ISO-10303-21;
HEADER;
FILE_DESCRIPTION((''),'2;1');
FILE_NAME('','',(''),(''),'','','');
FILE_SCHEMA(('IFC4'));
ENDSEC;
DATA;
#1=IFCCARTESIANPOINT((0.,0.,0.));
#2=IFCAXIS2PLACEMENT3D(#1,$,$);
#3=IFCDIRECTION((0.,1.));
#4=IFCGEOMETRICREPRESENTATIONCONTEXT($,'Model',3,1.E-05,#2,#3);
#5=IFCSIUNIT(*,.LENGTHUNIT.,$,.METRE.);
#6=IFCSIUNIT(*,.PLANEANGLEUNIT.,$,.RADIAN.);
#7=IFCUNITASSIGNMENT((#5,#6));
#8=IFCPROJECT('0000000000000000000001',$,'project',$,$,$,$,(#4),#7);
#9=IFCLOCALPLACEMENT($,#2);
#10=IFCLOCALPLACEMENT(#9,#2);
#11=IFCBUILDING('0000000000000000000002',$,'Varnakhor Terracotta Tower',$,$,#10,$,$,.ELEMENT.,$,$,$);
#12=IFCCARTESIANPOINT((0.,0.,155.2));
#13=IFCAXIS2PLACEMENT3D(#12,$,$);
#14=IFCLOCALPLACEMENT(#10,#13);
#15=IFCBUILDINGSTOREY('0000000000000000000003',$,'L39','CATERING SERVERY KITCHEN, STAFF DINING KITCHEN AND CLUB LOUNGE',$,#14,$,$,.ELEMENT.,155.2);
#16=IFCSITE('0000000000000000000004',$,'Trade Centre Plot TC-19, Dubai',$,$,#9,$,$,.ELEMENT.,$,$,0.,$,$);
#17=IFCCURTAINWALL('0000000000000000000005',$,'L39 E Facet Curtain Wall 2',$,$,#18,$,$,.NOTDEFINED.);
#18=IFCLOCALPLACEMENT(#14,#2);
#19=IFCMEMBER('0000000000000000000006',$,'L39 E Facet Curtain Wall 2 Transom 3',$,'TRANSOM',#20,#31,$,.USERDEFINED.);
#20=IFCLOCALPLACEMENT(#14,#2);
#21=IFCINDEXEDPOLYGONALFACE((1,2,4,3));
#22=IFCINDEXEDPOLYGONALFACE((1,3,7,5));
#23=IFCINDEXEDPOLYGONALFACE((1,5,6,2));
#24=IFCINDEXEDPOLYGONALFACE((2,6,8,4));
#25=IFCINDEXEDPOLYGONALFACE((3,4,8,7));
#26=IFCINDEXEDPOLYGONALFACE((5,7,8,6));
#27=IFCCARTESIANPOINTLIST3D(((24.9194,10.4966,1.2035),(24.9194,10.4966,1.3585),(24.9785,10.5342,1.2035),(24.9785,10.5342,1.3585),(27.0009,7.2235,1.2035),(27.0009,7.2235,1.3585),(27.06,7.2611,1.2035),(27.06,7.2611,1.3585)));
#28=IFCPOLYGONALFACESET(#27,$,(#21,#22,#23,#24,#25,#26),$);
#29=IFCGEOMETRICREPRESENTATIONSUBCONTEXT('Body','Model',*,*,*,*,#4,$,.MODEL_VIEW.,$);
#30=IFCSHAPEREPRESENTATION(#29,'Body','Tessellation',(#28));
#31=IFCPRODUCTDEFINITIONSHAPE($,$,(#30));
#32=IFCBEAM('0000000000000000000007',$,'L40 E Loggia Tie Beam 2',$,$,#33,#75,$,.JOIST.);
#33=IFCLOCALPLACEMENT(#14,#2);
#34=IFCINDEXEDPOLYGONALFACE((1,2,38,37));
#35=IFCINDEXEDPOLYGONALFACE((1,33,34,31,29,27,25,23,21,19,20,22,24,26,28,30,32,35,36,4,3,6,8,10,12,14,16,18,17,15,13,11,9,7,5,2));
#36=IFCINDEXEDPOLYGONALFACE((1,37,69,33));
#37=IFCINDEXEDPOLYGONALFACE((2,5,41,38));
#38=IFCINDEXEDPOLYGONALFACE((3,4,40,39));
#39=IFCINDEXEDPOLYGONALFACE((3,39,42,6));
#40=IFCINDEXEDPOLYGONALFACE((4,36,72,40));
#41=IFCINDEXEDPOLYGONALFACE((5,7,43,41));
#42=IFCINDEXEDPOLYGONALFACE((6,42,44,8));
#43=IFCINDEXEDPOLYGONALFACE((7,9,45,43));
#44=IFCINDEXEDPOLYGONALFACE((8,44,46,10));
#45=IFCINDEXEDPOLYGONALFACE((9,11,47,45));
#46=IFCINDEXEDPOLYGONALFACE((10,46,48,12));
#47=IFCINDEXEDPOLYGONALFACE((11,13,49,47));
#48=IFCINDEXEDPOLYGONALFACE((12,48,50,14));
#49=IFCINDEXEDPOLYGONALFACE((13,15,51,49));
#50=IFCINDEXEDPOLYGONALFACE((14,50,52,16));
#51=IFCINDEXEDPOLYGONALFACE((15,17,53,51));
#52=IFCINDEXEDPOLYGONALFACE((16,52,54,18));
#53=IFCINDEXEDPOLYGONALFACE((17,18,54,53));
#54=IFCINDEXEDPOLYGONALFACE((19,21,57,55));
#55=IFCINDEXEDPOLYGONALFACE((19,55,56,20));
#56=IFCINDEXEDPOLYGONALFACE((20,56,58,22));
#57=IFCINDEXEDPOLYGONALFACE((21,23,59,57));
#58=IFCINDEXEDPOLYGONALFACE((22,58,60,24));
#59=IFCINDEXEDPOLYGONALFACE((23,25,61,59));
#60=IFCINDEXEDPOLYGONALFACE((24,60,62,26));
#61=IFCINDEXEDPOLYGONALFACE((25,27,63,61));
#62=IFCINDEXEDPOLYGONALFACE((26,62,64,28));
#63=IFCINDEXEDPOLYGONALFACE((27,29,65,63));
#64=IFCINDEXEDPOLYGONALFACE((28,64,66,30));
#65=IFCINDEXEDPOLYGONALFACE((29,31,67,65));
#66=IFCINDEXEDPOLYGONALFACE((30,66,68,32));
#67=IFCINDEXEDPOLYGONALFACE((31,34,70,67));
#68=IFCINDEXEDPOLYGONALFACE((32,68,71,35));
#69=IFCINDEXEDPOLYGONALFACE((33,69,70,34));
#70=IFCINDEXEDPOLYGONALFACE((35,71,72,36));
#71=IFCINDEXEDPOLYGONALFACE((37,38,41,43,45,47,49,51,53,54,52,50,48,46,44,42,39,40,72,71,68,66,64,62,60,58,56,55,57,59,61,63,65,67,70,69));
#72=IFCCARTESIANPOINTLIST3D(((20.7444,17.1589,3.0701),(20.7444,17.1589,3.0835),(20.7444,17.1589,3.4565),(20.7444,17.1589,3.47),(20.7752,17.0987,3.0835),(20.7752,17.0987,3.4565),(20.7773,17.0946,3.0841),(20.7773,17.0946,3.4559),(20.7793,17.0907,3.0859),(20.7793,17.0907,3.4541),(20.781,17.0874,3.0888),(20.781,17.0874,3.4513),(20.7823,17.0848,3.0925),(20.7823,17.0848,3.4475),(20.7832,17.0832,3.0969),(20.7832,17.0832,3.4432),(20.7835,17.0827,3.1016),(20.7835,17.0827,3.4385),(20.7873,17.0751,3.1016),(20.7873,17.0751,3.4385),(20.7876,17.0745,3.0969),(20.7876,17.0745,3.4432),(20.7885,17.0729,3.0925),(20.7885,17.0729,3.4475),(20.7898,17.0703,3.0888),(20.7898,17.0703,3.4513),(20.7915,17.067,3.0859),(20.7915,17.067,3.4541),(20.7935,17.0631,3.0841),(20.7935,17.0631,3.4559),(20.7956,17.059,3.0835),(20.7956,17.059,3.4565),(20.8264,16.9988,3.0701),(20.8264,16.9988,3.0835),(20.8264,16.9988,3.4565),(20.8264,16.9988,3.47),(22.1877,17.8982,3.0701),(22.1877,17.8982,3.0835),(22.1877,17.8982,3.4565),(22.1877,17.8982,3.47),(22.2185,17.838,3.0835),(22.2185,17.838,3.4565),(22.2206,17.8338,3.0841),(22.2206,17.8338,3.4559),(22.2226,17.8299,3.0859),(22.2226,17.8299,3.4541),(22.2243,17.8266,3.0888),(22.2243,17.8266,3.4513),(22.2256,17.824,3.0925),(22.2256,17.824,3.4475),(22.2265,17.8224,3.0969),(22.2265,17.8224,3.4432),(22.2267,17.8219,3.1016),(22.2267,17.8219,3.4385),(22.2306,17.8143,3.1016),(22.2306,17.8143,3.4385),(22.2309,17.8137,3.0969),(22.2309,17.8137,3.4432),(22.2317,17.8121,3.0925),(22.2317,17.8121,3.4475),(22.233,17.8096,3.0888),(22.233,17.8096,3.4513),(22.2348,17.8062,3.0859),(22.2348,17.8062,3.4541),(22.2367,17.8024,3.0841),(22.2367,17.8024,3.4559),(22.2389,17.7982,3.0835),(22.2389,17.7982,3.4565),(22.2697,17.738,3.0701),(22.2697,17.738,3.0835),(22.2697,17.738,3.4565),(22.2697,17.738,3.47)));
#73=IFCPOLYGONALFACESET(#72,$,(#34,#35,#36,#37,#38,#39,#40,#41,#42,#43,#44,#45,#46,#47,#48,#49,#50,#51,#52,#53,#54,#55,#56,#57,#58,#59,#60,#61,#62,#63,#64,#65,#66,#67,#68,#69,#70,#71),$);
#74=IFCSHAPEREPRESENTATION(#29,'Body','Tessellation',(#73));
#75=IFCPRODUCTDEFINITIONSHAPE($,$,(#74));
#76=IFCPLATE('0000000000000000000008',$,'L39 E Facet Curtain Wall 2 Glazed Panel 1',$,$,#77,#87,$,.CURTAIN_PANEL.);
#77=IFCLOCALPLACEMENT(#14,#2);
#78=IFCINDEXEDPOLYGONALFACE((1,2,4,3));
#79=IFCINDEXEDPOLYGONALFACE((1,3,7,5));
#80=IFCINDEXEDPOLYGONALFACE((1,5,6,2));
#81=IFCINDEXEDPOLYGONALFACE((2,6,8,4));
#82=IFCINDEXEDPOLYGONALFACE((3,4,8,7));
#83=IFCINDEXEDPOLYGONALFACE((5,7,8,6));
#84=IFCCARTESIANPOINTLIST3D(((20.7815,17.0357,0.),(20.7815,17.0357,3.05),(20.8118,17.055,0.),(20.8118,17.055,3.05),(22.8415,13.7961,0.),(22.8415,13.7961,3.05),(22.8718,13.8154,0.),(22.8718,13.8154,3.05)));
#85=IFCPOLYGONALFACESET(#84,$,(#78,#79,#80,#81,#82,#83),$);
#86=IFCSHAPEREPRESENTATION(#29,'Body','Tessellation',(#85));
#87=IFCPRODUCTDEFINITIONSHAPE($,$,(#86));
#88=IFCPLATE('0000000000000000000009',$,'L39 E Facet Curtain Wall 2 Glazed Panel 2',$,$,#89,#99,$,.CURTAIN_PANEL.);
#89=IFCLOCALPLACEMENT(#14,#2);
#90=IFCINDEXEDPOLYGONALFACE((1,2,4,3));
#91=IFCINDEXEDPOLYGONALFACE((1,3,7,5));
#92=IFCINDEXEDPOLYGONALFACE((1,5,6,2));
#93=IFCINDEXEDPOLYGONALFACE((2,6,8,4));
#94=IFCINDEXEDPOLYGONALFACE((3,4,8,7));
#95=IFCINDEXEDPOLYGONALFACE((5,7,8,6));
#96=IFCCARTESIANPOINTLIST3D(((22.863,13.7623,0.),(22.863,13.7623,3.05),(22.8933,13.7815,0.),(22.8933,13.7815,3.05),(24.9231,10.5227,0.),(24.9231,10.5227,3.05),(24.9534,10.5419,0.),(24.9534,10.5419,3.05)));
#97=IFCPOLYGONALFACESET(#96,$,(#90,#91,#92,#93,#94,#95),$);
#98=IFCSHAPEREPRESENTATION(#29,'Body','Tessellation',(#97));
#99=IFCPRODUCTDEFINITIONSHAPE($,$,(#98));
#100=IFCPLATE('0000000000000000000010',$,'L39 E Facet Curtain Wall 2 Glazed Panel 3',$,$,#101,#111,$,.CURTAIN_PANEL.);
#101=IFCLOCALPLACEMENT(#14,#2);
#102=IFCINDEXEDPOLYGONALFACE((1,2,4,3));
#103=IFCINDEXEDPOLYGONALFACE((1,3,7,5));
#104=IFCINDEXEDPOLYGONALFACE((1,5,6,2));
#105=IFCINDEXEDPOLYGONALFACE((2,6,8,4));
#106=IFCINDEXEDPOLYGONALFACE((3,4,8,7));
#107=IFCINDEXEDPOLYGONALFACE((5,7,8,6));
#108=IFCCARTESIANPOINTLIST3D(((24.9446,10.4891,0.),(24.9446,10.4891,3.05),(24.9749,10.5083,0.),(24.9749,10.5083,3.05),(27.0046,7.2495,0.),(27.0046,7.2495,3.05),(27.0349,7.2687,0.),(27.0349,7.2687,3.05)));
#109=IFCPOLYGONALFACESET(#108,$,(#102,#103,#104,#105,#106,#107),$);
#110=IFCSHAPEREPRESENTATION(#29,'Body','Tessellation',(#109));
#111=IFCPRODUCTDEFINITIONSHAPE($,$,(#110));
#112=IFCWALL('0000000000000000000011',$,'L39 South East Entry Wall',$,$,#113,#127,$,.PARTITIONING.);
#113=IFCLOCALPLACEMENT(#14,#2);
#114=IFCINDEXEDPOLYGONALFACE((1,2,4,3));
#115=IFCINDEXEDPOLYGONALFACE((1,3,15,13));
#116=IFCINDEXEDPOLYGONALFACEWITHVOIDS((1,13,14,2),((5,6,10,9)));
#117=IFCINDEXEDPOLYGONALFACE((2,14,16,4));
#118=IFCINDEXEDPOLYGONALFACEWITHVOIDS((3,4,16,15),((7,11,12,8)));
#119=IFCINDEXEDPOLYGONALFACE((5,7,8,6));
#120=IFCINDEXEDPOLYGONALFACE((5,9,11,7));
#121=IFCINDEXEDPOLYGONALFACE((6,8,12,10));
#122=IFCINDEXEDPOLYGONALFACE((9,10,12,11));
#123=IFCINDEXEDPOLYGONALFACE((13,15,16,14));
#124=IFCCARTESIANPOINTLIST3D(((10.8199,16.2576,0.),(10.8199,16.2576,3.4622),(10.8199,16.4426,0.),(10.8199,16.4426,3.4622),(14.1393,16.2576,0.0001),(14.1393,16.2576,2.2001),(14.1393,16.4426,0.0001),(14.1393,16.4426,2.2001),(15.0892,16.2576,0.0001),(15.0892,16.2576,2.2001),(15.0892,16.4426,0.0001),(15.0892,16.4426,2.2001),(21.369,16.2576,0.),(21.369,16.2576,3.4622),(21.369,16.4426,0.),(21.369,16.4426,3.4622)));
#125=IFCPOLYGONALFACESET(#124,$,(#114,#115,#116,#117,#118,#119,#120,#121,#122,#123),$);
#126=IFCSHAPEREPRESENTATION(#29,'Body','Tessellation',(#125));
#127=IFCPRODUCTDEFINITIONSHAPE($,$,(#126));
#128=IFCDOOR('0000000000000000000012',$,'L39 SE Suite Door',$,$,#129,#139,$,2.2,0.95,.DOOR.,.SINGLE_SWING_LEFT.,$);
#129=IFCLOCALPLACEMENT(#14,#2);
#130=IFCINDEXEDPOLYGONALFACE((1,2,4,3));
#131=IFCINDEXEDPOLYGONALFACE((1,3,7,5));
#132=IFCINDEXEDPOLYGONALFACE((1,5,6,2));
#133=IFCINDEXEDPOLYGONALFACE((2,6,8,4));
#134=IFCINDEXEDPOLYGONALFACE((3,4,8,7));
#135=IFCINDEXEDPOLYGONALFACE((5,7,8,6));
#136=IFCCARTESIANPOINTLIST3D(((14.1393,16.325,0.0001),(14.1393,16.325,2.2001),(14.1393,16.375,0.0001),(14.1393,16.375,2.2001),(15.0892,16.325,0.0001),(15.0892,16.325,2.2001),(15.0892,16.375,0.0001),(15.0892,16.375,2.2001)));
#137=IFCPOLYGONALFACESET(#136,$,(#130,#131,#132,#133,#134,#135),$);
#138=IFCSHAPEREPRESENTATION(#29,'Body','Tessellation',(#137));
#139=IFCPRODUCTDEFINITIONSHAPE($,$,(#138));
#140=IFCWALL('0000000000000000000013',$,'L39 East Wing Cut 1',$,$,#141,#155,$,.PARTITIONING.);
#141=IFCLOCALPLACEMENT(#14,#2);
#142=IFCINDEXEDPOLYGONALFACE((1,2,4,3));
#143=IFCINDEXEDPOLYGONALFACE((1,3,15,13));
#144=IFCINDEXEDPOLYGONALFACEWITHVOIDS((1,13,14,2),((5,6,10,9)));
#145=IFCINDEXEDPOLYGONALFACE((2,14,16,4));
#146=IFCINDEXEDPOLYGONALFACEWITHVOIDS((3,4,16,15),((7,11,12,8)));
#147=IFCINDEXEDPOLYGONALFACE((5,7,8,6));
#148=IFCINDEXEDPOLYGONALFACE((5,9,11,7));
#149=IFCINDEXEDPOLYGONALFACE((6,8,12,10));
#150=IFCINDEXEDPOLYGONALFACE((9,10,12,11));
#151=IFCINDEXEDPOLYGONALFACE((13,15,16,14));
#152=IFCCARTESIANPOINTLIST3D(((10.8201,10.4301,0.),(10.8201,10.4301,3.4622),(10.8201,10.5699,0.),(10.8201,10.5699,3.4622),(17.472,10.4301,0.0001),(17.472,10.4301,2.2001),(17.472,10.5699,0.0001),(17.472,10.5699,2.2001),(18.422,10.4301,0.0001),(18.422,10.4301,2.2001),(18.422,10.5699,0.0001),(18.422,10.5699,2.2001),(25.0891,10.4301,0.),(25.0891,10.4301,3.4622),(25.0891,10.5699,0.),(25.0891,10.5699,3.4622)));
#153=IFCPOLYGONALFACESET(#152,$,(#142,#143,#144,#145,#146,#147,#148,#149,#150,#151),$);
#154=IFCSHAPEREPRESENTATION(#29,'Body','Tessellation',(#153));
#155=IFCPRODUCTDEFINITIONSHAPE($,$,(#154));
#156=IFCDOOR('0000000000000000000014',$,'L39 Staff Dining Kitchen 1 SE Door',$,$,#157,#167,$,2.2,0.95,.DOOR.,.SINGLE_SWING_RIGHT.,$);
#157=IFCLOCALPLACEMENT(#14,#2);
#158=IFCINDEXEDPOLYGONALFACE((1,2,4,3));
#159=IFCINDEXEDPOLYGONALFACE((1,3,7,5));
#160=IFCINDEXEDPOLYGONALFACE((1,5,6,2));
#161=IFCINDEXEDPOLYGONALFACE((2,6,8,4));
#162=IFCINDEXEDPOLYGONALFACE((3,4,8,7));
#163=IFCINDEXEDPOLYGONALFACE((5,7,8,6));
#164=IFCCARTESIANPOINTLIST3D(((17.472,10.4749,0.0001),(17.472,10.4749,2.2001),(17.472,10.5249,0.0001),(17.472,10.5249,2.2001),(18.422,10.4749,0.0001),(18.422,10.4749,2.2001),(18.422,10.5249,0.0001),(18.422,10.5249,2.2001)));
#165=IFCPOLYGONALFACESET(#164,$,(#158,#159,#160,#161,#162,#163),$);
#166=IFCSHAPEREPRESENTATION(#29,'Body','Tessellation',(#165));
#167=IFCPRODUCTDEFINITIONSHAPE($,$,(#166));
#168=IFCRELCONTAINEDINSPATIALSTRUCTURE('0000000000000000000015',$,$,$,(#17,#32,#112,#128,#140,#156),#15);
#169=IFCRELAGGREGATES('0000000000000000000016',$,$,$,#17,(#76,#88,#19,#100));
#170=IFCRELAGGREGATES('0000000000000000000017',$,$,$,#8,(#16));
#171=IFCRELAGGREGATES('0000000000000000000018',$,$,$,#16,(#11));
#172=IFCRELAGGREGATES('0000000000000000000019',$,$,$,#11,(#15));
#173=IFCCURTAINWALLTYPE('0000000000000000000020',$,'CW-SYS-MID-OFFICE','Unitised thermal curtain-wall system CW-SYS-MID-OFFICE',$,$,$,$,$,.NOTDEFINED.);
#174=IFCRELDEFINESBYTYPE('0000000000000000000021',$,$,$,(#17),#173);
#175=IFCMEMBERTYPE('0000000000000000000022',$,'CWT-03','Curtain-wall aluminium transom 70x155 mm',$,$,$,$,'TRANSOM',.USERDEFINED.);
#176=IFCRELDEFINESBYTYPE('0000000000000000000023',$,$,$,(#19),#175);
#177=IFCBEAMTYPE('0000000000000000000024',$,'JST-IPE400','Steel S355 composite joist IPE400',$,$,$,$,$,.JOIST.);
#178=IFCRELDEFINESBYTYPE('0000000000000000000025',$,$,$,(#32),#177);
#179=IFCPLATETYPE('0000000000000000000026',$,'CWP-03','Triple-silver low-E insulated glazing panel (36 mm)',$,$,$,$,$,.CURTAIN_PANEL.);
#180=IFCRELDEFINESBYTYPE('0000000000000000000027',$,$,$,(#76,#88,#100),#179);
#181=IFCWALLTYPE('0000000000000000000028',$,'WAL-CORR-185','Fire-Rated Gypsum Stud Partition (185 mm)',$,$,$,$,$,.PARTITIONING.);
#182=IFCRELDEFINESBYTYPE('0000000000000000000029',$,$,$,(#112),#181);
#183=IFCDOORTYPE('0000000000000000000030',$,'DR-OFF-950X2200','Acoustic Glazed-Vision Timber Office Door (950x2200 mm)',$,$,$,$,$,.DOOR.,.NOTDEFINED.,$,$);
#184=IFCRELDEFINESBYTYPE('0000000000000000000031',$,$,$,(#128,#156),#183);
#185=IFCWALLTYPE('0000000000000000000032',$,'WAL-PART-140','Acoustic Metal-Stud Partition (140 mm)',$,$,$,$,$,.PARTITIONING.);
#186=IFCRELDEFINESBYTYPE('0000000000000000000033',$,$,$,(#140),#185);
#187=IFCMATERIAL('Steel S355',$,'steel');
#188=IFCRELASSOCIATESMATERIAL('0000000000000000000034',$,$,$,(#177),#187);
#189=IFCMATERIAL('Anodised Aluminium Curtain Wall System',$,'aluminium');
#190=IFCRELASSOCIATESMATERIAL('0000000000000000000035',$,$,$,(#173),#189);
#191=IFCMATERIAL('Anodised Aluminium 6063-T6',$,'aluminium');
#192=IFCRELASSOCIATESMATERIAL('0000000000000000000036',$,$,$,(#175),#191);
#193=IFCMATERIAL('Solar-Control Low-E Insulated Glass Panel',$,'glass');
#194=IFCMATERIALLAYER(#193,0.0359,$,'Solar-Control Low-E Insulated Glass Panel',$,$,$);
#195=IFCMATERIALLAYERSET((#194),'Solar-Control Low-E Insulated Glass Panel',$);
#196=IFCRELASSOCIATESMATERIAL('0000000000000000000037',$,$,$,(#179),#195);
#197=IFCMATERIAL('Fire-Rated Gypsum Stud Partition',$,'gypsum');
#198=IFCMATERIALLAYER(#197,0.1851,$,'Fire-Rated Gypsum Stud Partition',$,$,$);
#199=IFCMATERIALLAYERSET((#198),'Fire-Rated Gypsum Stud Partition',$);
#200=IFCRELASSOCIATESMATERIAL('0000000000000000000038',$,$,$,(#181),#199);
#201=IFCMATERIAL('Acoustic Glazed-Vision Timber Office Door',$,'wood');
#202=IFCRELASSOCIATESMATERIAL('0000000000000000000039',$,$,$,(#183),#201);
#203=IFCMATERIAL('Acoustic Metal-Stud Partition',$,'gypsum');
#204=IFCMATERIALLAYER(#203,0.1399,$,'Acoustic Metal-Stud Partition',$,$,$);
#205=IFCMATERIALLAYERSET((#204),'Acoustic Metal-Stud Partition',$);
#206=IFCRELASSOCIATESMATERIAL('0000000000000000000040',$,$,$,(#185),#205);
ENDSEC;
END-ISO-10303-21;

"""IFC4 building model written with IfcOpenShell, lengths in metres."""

from ifc_helpers import new_model, si_unit, direction, frame, frame_2d, origin, origin_2d, place, context, subcontext, project, spatial, rectangle, i_section, extrude, source, transform, mapped, material, layer, layer_set, material_profile, profile_set, type_object, type_shapes, element, fill, aggregate, save


model = new_model("IFC4")

# Units and contexts
model_context = context("Model", 3, precision=1e-05, world=origin(), true_north=direction((0.0, 1.0)))
body_context = subcontext(model_context, "Body", "Model", "MODEL_VIEW")
ifc_project = project(units=[si_unit("LENGTHUNIT", "METRE"), si_unit("PLANEANGLEUNIT", "RADIAN")], contexts=[model_context])

# Site, building, storey
site_placement = place(None, origin())
site = spatial("IfcSite", under=ifc_project, at=site_placement, Name="Trade Centre Plot TC-19, Dubai", CompositionType="ELEMENT", RefElevation=0.0)
building_placement = place(site_placement, origin())
building = spatial("IfcBuilding", under=site, at=building_placement, Name="Varnakhor Terracotta Tower", CompositionType="ELEMENT")
storey_placement = place(building_placement, frame((0.0, 0.0, 155.2)))
storey = spatial("IfcBuildingStorey", under=building, at=storey_placement, Name="L39", Description="CATERING SERVERY KITCHEN, STAFF DINING KITCHEN AND CLUB LOUNGE", CompositionType="ELEMENT", Elevation=155.2)

# Shared definitions
ifc_material_1 = material(Name="Steel S355", Category="steel")
ifc_material_profile_1 = material_profile(ifc_material_1, i_section(OverallWidth=0.1799, OverallDepth=0.3999, WebThickness=0.0085, FlangeThickness=0.0134, FilletRadius=0.0181, at=origin_2d()), Name="IPE400")
ifc_profile_set_1 = profile_set([ifc_material_profile_1], Name="Steel S355")
beam_type_1 = type_object("IfcBeamType", Name="JST-IPE400", Description="Steel S355 composite joist IPE400", PredefinedType="JOIST", material=ifc_profile_set_1)

# Curtain wall, member
ifc_material_2 = material(Name="Anodised Aluminium Curtain Wall System", Category="aluminium")
curtain_wall_type = type_object("IfcCurtainWallType", Name="CW-SYS-MID-OFFICE", Description="Unitised thermal curtain-wall system CW-SYS-MID-OFFICE", PredefinedType="NOTDEFINED", material=ifc_material_2)
curtain_wall_placement = place(storey_placement, origin())
curtain_wall = element("IfcCurtainWall", 1, at=curtain_wall_placement, inside=storey, type_object=curtain_wall_type, Name="L39 E Facet Curtain Wall 2", PredefinedType="NOTDEFINED")
ifc_material_3 = material(Name="Anodised Aluminium 6063-T6", Category="aluminium")
ifc_material_profile_2 = material_profile(ifc_material_3, rectangle(XDim=0.0701, YDim=0.155, at=origin_2d()), Name="ALU TRANSOM 70x155")
ifc_profile_set_2 = profile_set([ifc_material_profile_2], Name="Anodised Aluminium 6063-T6")
member_type_1 = type_object("IfcMemberType", Name="CWT-03", Description="Curtain-wall aluminium transom 70x155 mm", ElementType="TRANSOM", PredefinedType="USERDEFINED", material=ifc_profile_set_2)
shared_shape_1 = source(origin(), body_context, "Body", "SweptSolid", [
    extrude(rectangle(XDim=0.0701, YDim=0.155, at=origin_2d()), origin(), (0.0, 0.0, 1.0), 3.8789),
])
member_1_placement = place(storey_placement, frame((24.949, 10.5154, 1.281), z_axis=(0.536619, -0.843825, 0.0), x_axis=(0.843825, 0.536619, 0.0)))
member_1 = element("IfcMember", 2, at=member_1_placement, type_object=member_type_1, Name="L39 E Facet Curtain Wall 2 Transom 3", ObjectType="TRANSOM", PredefinedType="USERDEFINED", context=body_context, shape_type="MappedRepresentation", body=[
    mapped(shared_shape_1, transform((0.0, 0.0, 0.0), scale=1.0)),
])

# Beam
shared_shape_2 = source(origin(), body_context, "Body", "SweptSolid", [
    extrude(i_section(OverallWidth=0.1799, OverallDepth=0.3999, WebThickness=0.0085, FlangeThickness=0.0134, FilletRadius=0.0181, at=origin_2d()), origin(), (0.0, 0.0, 1.0), 1.6216),
])
beam_1_placement = place(storey_placement, frame((20.7854, 17.0789, 3.27), z_axis=(0.890049, 0.455864, 0.0), x_axis=(-0.455864, 0.890049, 0.0)))
element("IfcBeam", 3, at=beam_1_placement, inside=storey, type_object=beam_type_1, Name="L40 E Loggia Tie Beam 2", PredefinedType="JOIST", context=body_context, shape_type="MappedRepresentation", body=[
    mapped(shared_shape_2, transform((0.0, 0.0, 0.0), scale=1.0)),
])

# Plates
ifc_material_4 = material(Name="Solar-Control Low-E Insulated Glass Panel", Category="glass")
ifc_layer_1 = layer(ifc_material_4, 0.0359, Name="Solar-Control Low-E Insulated Glass Panel")
ifc_layer_set_1 = layer_set([ifc_layer_1], Name="Solar-Control Low-E Insulated Glass Panel")
plate_type = type_object("IfcPlateType", Name="CWP-03", Description="Triple-silver low-E insulated glazing panel (36 mm)", PredefinedType="CURTAIN_PANEL", material=ifc_layer_set_1)
shared_shape_3 = source(origin(), body_context, "Body", "SweptSolid", [
    extrude(rectangle(XDim=3.8391, YDim=0.0359, at=origin_2d()), origin(), (0.0, 0.0, 1.0), 3.05),
])
plate_1_placement = place(storey_placement, frame((21.8267, 15.4255, 0.0), z_axis=(0.0, 0.0, 1.0), x_axis=(0.536593, -0.843841, 0.0)))
plate_1 = element("IfcPlate", 4, at=plate_1_placement, type_object=plate_type, Name="L39 E Facet Curtain Wall 2 Glazed Panel 1", PredefinedType="CURTAIN_PANEL", context=body_context, shape_type="MappedRepresentation", body=[
    mapped(shared_shape_3, transform((0.0, 0.0, 0.0), scale=1.0)),
])
plate_2_placement = place(storey_placement, frame((23.9082, 12.1521, 0.0), z_axis=(0.0, 0.0, 1.0), x_axis=(0.536593, -0.843841, 0.0)))
plate_2 = element("IfcPlate", 5, at=plate_2_placement, type_object=plate_type, Name="L39 E Facet Curtain Wall 2 Glazed Panel 2", PredefinedType="CURTAIN_PANEL", context=body_context, shape_type="MappedRepresentation", body=[
    mapped(shared_shape_3, transform((0.0, 0.0, 0.0), scale=1.0)),
])
plate_3_placement = place(storey_placement, frame((25.9897, 8.8789, 0.0), z_axis=(0.0, 0.0, 1.0), x_axis=(0.536593, -0.843841, 0.0)))
plate_3 = element("IfcPlate", 6, at=plate_3_placement, type_object=plate_type, Name="L39 E Facet Curtain Wall 2 Glazed Panel 3", PredefinedType="CURTAIN_PANEL", context=body_context, shape_type="MappedRepresentation", body=[
    mapped(shared_shape_3, transform((0.0, 0.0, 0.0), scale=1.0)),
])
aggregate(curtain_wall, [plate_1, plate_2, member_1, plate_3])

# Walls, openings, doors
ifc_material_5 = material(Name="Fire-Rated Gypsum Stud Partition", Category="gypsum")
ifc_layer_2 = layer(ifc_material_5, 0.1851, Name="Fire-Rated Gypsum Stud Partition")
ifc_layer_set_2 = layer_set([ifc_layer_2], Name="Fire-Rated Gypsum Stud Partition")
wall_type_1 = type_object("IfcWallType", Name="WAL-CORR-185", Description="Fire-Rated Gypsum Stud Partition (185 mm)", PredefinedType="PARTITIONING", material=ifc_layer_set_2)
wall_1_placement = place(storey_placement, frame((10.8201, 16.3501, 0.0), z_axis=(0.0, 0.0, 1.0), x_axis=(1.0, 0.0, 0.0)))
wall_1 = element("IfcWall", 7, at=wall_1_placement, inside=storey, type_object=wall_type_1, Name="L39 South East Entry Wall", PredefinedType="PARTITIONING", context=body_context, shape_type="SweptSolid", body=[
    extrude(rectangle(XDim=10.5491, YDim=0.1851, at=frame_2d((5.2744, 0.0))), origin(), (0.0, 0.0, 1.0), 3.4622),
])
opening_1_placement = place(wall_1_placement, frame((3.3191, 0.0, 0.0)))
opening_1 = element("IfcOpeningElement", 8, at=opening_1_placement, cuts=wall_1, PredefinedType="OPENING", context=body_context, shape_type="SweptSolid", body=[
    extrude(rectangle(XDim=0.95, YDim=2.2, at=frame_2d((0.4751, 1.1001))), frame((0.0, 0.1025, 0.0), z_axis=(0.0, -1.0, 0.0), x_axis=(1.0, 0.0, 0.0)), (0.0, 0.0, 1.0), 0.2051),
])
ifc_material_6 = material(Name="Acoustic Glazed-Vision Timber Office Door", Category="wood")
door_type = type_object("IfcDoorType", Name="DR-OFF-950X2200", Description="Acoustic Glazed-Vision Timber Office Door (950x2200 mm)", OperationType="NOTDEFINED", PredefinedType="DOOR", material=ifc_material_6)
shared_shape_4 = source(origin(), body_context, "Body", "SweptSolid", [
    extrude(rectangle(XDim=0.95, YDim=2.2, at=frame_2d((0.4751, 1.1001))), frame((0.0, 0.0249, 0.0), z_axis=(0.0, -1.0, 0.0), x_axis=(1.0, 0.0, 0.0)), (0.0, 0.0, 1.0), 0.05),
])
type_shapes(door_type, [shared_shape_4])
door_1_placement = place(opening_1_placement, origin())
door_1 = element("IfcDoor", 9, at=door_1_placement, inside=storey, type_object=door_type, Name="L39 SE Suite Door", OperationType="SINGLE_SWING_LEFT", OverallHeight=2.2, OverallWidth=0.95, PredefinedType="DOOR", context=body_context, shape_type="MappedRepresentation", body=[
    mapped(shared_shape_4, transform((0.0, 0.0, 0.0), scale=1.0)),
])
fill(opening_1, door_1)
ifc_material_7 = material(Name="Acoustic Metal-Stud Partition", Category="gypsum")
ifc_layer_3 = layer(ifc_material_7, 0.1399, Name="Acoustic Metal-Stud Partition")
ifc_layer_set_3 = layer_set([ifc_layer_3], Name="Acoustic Metal-Stud Partition")
wall_type_2 = type_object("IfcWallType", Name="WAL-PART-140", Description="Acoustic Metal-Stud Partition (140 mm)", PredefinedType="PARTITIONING", material=ifc_layer_set_3)
wall_2_placement = place(storey_placement, frame((10.8201, 10.5, 0.0), z_axis=(0.0, 0.0, 1.0), x_axis=(1.0, 0.0, 0.0)))
wall_2 = element("IfcWall", 10, at=wall_2_placement, inside=storey, type_object=wall_type_2, Name="L39 East Wing Cut 1", PredefinedType="PARTITIONING", context=body_context, shape_type="SweptSolid", body=[
    extrude(rectangle(XDim=14.269, YDim=0.1399, at=frame_2d((7.1345, 0.0))), origin(), (0.0, 0.0, 1.0), 3.4622),
])
opening_2_placement = place(wall_2_placement, frame((6.6519, 0.0, 0.0)))
opening_2 = element("IfcOpeningElement", 11, at=opening_2_placement, cuts=wall_2, PredefinedType="OPENING", context=body_context, shape_type="SweptSolid", body=[
    extrude(rectangle(XDim=0.95, YDim=2.2, at=frame_2d((0.4751, 1.1001))), frame((0.0, 0.0801, 0.0), z_axis=(0.0, -1.0, 0.0), x_axis=(1.0, 0.0, 0.0)), (0.0, 0.0, 1.0), 0.1599),
])
door_2_placement = place(opening_2_placement, origin())
door_2 = element("IfcDoor", 12, at=door_2_placement, inside=storey, type_object=door_type, Name="L39 Staff Dining Kitchen 1 SE Door", OperationType="SINGLE_SWING_RIGHT", OverallHeight=2.2, OverallWidth=0.95, PredefinedType="DOOR", context=body_context, shape_type="MappedRepresentation", body=[
    mapped(shared_shape_4, transform((0.0, 0.0, 0.0), scale=1.0)),
])
fill(opening_2, door_2)

save(model, "model.ifc")
